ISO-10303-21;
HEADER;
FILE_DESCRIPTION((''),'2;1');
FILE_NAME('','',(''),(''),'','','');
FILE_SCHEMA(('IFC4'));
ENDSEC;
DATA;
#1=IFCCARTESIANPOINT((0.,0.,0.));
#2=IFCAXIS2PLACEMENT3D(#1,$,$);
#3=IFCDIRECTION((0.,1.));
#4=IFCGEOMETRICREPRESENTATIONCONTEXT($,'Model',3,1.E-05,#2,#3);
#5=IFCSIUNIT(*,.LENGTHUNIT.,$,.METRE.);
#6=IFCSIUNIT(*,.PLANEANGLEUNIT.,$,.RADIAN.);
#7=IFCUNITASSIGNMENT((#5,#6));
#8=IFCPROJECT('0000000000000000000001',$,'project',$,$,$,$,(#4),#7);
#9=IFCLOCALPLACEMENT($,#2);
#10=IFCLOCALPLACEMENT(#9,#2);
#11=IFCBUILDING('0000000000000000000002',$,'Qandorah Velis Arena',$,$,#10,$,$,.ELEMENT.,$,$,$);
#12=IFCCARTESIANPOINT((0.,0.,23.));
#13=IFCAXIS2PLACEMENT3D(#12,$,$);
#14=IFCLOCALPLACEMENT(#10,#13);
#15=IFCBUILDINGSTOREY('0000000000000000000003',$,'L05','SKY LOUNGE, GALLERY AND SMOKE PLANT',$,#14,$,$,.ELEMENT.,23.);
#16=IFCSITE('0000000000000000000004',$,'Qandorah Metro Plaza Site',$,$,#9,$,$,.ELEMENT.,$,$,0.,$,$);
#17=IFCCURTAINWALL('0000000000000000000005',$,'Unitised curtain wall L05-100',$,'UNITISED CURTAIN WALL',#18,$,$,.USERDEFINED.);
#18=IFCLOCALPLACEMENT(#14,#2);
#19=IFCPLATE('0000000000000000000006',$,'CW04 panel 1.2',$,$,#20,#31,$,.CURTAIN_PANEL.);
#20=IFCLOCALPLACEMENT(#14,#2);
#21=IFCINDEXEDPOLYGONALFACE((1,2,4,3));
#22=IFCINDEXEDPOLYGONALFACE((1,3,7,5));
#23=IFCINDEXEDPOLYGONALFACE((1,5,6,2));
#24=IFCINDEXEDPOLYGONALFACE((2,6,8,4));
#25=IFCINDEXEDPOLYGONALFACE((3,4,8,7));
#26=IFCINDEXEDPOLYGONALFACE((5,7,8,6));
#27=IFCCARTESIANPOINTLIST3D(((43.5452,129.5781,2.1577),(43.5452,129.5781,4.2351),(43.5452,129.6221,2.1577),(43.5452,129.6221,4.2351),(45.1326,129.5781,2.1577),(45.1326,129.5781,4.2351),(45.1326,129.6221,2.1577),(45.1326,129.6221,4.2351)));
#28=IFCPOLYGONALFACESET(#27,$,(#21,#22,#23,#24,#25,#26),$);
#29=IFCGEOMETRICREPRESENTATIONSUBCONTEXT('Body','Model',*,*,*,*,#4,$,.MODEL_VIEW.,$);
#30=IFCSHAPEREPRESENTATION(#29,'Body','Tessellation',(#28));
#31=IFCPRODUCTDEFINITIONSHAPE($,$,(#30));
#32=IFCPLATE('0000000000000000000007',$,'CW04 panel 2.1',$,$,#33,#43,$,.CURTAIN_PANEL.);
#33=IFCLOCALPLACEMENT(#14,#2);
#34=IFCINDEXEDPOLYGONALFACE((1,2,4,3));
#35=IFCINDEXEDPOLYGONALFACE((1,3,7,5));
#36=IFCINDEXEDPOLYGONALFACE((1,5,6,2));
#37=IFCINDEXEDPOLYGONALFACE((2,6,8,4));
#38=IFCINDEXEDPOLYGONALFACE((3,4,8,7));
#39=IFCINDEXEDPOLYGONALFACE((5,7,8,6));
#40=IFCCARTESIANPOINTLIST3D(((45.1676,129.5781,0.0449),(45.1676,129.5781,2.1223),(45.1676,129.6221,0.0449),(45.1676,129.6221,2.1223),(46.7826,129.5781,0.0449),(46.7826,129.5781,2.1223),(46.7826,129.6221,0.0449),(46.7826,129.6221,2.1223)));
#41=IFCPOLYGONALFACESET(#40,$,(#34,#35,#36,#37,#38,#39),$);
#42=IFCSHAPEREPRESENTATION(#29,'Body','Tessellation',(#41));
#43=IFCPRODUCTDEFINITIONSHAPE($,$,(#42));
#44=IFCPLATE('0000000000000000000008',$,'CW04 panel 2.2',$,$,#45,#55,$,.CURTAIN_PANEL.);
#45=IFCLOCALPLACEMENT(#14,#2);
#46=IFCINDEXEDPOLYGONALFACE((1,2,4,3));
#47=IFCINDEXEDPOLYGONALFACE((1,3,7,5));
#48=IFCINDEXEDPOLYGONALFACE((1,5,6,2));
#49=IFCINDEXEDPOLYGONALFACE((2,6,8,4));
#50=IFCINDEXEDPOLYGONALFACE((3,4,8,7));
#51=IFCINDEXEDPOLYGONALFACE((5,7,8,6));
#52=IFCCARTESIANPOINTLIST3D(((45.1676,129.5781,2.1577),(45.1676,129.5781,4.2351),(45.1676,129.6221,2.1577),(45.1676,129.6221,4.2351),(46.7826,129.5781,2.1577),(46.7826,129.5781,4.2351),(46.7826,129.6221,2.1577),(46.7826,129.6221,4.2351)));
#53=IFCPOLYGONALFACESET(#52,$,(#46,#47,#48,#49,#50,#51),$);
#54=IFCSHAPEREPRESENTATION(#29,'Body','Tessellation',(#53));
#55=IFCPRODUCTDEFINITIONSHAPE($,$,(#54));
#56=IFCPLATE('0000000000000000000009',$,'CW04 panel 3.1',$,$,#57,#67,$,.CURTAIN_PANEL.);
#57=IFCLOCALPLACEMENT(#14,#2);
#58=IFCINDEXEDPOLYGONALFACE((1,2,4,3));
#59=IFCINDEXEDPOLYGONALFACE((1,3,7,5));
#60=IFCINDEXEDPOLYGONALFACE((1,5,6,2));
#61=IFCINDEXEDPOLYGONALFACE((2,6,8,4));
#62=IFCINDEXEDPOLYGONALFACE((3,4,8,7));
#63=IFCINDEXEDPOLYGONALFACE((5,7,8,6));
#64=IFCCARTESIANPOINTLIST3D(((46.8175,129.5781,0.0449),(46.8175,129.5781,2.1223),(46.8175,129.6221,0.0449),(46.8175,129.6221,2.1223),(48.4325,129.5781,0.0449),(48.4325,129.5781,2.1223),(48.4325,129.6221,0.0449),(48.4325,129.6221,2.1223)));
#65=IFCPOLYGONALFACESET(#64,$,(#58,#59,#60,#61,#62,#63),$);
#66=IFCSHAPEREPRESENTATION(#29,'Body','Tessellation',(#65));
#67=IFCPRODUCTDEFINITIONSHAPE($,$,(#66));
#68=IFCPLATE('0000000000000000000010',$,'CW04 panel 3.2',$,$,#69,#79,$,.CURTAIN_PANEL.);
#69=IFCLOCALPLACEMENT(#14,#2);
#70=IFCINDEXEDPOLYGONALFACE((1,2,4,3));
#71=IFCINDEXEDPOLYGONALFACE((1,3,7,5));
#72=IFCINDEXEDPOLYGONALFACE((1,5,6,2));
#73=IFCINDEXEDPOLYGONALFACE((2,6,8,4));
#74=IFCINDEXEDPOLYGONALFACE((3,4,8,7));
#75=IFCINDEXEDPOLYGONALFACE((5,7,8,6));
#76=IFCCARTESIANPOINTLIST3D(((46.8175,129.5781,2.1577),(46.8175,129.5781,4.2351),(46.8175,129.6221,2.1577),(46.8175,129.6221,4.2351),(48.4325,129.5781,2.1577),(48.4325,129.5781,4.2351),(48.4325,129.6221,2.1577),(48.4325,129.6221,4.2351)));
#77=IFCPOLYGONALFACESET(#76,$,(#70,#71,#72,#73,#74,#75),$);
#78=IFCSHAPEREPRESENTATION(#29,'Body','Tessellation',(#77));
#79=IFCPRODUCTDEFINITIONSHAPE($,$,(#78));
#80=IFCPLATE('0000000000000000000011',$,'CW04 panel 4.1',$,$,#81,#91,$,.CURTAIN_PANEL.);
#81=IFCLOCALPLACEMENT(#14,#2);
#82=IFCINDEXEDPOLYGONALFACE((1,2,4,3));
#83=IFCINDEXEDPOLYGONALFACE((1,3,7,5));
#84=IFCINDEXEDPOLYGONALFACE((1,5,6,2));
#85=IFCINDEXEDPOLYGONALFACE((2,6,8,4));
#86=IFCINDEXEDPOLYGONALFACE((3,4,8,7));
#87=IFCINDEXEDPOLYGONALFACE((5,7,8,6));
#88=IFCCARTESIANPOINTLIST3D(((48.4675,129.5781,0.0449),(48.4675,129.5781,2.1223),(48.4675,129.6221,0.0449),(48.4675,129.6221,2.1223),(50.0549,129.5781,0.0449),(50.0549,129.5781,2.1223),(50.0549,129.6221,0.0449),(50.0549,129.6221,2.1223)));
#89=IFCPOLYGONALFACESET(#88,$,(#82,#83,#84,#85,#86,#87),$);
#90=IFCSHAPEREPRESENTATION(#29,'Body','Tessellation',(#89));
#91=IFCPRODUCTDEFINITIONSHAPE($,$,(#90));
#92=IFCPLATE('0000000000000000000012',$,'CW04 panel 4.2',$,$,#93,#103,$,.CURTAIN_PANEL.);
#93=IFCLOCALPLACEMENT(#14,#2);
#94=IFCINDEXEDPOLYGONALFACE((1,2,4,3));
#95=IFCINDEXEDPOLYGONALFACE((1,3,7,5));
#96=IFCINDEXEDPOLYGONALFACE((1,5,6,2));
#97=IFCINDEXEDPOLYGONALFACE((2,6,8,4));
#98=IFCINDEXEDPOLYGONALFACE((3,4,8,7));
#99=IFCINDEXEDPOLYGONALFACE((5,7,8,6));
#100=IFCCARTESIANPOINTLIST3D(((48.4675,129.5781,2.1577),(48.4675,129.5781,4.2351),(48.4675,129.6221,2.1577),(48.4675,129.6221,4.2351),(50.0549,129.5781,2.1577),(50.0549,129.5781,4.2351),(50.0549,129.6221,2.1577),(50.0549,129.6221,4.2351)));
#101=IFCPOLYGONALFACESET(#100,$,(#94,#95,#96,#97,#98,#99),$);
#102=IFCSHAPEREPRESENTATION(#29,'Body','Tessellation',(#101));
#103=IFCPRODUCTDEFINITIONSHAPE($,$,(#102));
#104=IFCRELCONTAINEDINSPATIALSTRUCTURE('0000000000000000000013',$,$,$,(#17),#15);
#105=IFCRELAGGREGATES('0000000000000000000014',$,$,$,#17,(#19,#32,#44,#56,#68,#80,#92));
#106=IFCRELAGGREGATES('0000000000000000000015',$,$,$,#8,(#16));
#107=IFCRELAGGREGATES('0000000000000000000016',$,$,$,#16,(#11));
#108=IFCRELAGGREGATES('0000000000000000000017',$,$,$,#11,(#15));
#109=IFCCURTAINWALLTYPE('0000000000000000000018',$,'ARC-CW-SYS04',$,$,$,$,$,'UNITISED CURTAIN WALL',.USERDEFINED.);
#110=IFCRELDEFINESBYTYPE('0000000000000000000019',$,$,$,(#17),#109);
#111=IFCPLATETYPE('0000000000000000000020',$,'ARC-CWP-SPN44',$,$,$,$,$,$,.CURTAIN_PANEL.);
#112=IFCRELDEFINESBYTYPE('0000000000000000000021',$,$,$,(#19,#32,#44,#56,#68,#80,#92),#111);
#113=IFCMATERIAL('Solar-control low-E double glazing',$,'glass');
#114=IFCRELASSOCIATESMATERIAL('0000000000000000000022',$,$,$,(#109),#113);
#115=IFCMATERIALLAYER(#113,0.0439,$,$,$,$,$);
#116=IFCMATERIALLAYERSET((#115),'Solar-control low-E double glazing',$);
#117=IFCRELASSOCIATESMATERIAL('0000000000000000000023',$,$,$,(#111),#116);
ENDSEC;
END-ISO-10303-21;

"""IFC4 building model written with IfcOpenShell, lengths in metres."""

from ifc_helpers import new_model, si_unit, direction, frame, origin, origin_2d, place, context, subcontext, project, spatial, rectangle, extrude, material, layer, layer_set, type_object, element, aggregate, save


model = new_model("IFC4")

# Units and contexts
model_context = context("Model", 3, precision=1e-05, world=origin(), true_north=direction((0.0, 1.0)))
body_context = subcontext(model_context, "Body", "Model", "MODEL_VIEW")
ifc_project = project(units=[si_unit("LENGTHUNIT", "METRE"), si_unit("PLANEANGLEUNIT", "RADIAN")], contexts=[model_context])

# Site, building, storey
site_placement = place(None, origin())
site = spatial("IfcSite", under=ifc_project, at=site_placement, Name="Qandorah Metro Plaza Site", CompositionType="ELEMENT", RefElevation=0.0)
building_placement = place(site_placement, origin())
building = spatial("IfcBuilding", under=site, at=building_placement, Name="Qandorah Velis Arena", CompositionType="ELEMENT")
storey_placement = place(building_placement, frame((0.0, 0.0, 23.0)))
storey = spatial("IfcBuildingStorey", under=building, at=storey_placement, Name="L05", Description="SKY LOUNGE, GALLERY AND SMOKE PLANT", CompositionType="ELEMENT", Elevation=23.0)

# Curtain wall
ifc_material_1 = material(Name="Solar-control low-E double glazing", Category="glass")
curtain_wall_type = type_object("IfcCurtainWallType", Name="ARC-CW-SYS04", ElementType="UNITISED CURTAIN WALL", PredefinedType="USERDEFINED", material=ifc_material_1)
curtain_wall_placement = place(storey_placement, origin())
curtain_wall = element("IfcCurtainWall", 1, at=curtain_wall_placement, inside=storey, type_object=curtain_wall_type, Name="Unitised curtain wall L05-100", ObjectType="UNITISED CURTAIN WALL", PredefinedType="USERDEFINED")

# Plates
ifc_layer = layer(ifc_material_1, 0.0439)
ifc_layer_set = layer_set([ifc_layer], Name="Solar-control low-E double glazing")
plate_type = type_object("IfcPlateType", Name="ARC-CWP-SPN44", PredefinedType="CURTAIN_PANEL", material=ifc_layer_set)
plate_1_placement = place(storey_placement, frame((44.3389, 129.6001, 2.1577), z_axis=(0.0, 0.0, 1.0), x_axis=(1.0, 0.0, 0.0)))
plate_1 = element("IfcPlate", 2, at=plate_1_placement, type_object=plate_type, Name="CW04 panel 1.2", PredefinedType="CURTAIN_PANEL", context=body_context, shape_type="SweptSolid", body=[
    extrude(rectangle(XDim=1.5874, YDim=0.0439, at=origin_2d()), origin(), (0.0, 0.0, 1.0), 2.0774),
])
plate_2_placement = place(storey_placement, frame((45.9751, 129.6001, 0.0449), z_axis=(0.0, 0.0, 1.0), x_axis=(1.0, 0.0, 0.0)))
plate_2 = element("IfcPlate", 3, at=plate_2_placement, type_object=plate_type, Name="CW04 panel 2.1", PredefinedType="CURTAIN_PANEL", context=body_context, shape_type="SweptSolid", body=[
    extrude(rectangle(XDim=1.615, YDim=0.0439, at=origin_2d()), origin(), (0.0, 0.0, 1.0), 2.0774),
])
plate_3_placement = place(storey_placement, frame((45.9751, 129.6001, 2.1577), z_axis=(0.0, 0.0, 1.0), x_axis=(1.0, 0.0, 0.0)))
plate_3 = element("IfcPlate", 4, at=plate_3_placement, type_object=plate_type, Name="CW04 panel 2.2", PredefinedType="CURTAIN_PANEL", context=body_context, shape_type="SweptSolid", body=[
    extrude(rectangle(XDim=1.615, YDim=0.0439, at=origin_2d()), origin(), (0.0, 0.0, 1.0), 2.0774),
])
plate_4_placement = place(storey_placement, frame((47.625, 129.6001, 0.0449), z_axis=(0.0, 0.0, 1.0), x_axis=(1.0, 0.0, 0.0)))
plate_4 = element("IfcPlate", 5, at=plate_4_placement, type_object=plate_type, Name="CW04 panel 3.1", PredefinedType="CURTAIN_PANEL", context=body_context, shape_type="SweptSolid", body=[
    extrude(rectangle(XDim=1.615, YDim=0.0439, at=origin_2d()), origin(), (0.0, 0.0, 1.0), 2.0774),
])
plate_5_placement = place(storey_placement, frame((47.625, 129.6001, 2.1577), z_axis=(0.0, 0.0, 1.0), x_axis=(1.0, 0.0, 0.0)))
plate_5 = element("IfcPlate", 6, at=plate_5_placement, type_object=plate_type, Name="CW04 panel 3.2", PredefinedType="CURTAIN_PANEL", context=body_context, shape_type="SweptSolid", body=[
    extrude(rectangle(XDim=1.615, YDim=0.0439, at=origin_2d()), origin(), (0.0, 0.0, 1.0), 2.0774),
])
plate_6_placement = place(storey_placement, frame((49.2612, 129.6001, 0.0449), z_axis=(0.0, 0.0, 1.0), x_axis=(1.0, 0.0, 0.0)))
plate_6 = element("IfcPlate", 7, at=plate_6_placement, type_object=plate_type, Name="CW04 panel 4.1", PredefinedType="CURTAIN_PANEL", context=body_context, shape_type="SweptSolid", body=[
    extrude(rectangle(XDim=1.5874, YDim=0.0439, at=origin_2d()), origin(), (0.0, 0.0, 1.0), 2.0774),
])
plate_7_placement = place(storey_placement, frame((49.2612, 129.6001, 2.1577), z_axis=(0.0, 0.0, 1.0), x_axis=(1.0, 0.0, 0.0)))
plate_7 = element("IfcPlate", 8, at=plate_7_placement, type_object=plate_type, Name="CW04 panel 4.2", PredefinedType="CURTAIN_PANEL", context=body_context, shape_type="SweptSolid", body=[
    extrude(rectangle(XDim=1.5874, YDim=0.0439, at=origin_2d()), origin(), (0.0, 0.0, 1.0), 2.0774),
])
aggregate(curtain_wall, [plate_1, plate_2, plate_3, plate_4, plate_5, plate_6, plate_7])

save(model, "model.ifc")
